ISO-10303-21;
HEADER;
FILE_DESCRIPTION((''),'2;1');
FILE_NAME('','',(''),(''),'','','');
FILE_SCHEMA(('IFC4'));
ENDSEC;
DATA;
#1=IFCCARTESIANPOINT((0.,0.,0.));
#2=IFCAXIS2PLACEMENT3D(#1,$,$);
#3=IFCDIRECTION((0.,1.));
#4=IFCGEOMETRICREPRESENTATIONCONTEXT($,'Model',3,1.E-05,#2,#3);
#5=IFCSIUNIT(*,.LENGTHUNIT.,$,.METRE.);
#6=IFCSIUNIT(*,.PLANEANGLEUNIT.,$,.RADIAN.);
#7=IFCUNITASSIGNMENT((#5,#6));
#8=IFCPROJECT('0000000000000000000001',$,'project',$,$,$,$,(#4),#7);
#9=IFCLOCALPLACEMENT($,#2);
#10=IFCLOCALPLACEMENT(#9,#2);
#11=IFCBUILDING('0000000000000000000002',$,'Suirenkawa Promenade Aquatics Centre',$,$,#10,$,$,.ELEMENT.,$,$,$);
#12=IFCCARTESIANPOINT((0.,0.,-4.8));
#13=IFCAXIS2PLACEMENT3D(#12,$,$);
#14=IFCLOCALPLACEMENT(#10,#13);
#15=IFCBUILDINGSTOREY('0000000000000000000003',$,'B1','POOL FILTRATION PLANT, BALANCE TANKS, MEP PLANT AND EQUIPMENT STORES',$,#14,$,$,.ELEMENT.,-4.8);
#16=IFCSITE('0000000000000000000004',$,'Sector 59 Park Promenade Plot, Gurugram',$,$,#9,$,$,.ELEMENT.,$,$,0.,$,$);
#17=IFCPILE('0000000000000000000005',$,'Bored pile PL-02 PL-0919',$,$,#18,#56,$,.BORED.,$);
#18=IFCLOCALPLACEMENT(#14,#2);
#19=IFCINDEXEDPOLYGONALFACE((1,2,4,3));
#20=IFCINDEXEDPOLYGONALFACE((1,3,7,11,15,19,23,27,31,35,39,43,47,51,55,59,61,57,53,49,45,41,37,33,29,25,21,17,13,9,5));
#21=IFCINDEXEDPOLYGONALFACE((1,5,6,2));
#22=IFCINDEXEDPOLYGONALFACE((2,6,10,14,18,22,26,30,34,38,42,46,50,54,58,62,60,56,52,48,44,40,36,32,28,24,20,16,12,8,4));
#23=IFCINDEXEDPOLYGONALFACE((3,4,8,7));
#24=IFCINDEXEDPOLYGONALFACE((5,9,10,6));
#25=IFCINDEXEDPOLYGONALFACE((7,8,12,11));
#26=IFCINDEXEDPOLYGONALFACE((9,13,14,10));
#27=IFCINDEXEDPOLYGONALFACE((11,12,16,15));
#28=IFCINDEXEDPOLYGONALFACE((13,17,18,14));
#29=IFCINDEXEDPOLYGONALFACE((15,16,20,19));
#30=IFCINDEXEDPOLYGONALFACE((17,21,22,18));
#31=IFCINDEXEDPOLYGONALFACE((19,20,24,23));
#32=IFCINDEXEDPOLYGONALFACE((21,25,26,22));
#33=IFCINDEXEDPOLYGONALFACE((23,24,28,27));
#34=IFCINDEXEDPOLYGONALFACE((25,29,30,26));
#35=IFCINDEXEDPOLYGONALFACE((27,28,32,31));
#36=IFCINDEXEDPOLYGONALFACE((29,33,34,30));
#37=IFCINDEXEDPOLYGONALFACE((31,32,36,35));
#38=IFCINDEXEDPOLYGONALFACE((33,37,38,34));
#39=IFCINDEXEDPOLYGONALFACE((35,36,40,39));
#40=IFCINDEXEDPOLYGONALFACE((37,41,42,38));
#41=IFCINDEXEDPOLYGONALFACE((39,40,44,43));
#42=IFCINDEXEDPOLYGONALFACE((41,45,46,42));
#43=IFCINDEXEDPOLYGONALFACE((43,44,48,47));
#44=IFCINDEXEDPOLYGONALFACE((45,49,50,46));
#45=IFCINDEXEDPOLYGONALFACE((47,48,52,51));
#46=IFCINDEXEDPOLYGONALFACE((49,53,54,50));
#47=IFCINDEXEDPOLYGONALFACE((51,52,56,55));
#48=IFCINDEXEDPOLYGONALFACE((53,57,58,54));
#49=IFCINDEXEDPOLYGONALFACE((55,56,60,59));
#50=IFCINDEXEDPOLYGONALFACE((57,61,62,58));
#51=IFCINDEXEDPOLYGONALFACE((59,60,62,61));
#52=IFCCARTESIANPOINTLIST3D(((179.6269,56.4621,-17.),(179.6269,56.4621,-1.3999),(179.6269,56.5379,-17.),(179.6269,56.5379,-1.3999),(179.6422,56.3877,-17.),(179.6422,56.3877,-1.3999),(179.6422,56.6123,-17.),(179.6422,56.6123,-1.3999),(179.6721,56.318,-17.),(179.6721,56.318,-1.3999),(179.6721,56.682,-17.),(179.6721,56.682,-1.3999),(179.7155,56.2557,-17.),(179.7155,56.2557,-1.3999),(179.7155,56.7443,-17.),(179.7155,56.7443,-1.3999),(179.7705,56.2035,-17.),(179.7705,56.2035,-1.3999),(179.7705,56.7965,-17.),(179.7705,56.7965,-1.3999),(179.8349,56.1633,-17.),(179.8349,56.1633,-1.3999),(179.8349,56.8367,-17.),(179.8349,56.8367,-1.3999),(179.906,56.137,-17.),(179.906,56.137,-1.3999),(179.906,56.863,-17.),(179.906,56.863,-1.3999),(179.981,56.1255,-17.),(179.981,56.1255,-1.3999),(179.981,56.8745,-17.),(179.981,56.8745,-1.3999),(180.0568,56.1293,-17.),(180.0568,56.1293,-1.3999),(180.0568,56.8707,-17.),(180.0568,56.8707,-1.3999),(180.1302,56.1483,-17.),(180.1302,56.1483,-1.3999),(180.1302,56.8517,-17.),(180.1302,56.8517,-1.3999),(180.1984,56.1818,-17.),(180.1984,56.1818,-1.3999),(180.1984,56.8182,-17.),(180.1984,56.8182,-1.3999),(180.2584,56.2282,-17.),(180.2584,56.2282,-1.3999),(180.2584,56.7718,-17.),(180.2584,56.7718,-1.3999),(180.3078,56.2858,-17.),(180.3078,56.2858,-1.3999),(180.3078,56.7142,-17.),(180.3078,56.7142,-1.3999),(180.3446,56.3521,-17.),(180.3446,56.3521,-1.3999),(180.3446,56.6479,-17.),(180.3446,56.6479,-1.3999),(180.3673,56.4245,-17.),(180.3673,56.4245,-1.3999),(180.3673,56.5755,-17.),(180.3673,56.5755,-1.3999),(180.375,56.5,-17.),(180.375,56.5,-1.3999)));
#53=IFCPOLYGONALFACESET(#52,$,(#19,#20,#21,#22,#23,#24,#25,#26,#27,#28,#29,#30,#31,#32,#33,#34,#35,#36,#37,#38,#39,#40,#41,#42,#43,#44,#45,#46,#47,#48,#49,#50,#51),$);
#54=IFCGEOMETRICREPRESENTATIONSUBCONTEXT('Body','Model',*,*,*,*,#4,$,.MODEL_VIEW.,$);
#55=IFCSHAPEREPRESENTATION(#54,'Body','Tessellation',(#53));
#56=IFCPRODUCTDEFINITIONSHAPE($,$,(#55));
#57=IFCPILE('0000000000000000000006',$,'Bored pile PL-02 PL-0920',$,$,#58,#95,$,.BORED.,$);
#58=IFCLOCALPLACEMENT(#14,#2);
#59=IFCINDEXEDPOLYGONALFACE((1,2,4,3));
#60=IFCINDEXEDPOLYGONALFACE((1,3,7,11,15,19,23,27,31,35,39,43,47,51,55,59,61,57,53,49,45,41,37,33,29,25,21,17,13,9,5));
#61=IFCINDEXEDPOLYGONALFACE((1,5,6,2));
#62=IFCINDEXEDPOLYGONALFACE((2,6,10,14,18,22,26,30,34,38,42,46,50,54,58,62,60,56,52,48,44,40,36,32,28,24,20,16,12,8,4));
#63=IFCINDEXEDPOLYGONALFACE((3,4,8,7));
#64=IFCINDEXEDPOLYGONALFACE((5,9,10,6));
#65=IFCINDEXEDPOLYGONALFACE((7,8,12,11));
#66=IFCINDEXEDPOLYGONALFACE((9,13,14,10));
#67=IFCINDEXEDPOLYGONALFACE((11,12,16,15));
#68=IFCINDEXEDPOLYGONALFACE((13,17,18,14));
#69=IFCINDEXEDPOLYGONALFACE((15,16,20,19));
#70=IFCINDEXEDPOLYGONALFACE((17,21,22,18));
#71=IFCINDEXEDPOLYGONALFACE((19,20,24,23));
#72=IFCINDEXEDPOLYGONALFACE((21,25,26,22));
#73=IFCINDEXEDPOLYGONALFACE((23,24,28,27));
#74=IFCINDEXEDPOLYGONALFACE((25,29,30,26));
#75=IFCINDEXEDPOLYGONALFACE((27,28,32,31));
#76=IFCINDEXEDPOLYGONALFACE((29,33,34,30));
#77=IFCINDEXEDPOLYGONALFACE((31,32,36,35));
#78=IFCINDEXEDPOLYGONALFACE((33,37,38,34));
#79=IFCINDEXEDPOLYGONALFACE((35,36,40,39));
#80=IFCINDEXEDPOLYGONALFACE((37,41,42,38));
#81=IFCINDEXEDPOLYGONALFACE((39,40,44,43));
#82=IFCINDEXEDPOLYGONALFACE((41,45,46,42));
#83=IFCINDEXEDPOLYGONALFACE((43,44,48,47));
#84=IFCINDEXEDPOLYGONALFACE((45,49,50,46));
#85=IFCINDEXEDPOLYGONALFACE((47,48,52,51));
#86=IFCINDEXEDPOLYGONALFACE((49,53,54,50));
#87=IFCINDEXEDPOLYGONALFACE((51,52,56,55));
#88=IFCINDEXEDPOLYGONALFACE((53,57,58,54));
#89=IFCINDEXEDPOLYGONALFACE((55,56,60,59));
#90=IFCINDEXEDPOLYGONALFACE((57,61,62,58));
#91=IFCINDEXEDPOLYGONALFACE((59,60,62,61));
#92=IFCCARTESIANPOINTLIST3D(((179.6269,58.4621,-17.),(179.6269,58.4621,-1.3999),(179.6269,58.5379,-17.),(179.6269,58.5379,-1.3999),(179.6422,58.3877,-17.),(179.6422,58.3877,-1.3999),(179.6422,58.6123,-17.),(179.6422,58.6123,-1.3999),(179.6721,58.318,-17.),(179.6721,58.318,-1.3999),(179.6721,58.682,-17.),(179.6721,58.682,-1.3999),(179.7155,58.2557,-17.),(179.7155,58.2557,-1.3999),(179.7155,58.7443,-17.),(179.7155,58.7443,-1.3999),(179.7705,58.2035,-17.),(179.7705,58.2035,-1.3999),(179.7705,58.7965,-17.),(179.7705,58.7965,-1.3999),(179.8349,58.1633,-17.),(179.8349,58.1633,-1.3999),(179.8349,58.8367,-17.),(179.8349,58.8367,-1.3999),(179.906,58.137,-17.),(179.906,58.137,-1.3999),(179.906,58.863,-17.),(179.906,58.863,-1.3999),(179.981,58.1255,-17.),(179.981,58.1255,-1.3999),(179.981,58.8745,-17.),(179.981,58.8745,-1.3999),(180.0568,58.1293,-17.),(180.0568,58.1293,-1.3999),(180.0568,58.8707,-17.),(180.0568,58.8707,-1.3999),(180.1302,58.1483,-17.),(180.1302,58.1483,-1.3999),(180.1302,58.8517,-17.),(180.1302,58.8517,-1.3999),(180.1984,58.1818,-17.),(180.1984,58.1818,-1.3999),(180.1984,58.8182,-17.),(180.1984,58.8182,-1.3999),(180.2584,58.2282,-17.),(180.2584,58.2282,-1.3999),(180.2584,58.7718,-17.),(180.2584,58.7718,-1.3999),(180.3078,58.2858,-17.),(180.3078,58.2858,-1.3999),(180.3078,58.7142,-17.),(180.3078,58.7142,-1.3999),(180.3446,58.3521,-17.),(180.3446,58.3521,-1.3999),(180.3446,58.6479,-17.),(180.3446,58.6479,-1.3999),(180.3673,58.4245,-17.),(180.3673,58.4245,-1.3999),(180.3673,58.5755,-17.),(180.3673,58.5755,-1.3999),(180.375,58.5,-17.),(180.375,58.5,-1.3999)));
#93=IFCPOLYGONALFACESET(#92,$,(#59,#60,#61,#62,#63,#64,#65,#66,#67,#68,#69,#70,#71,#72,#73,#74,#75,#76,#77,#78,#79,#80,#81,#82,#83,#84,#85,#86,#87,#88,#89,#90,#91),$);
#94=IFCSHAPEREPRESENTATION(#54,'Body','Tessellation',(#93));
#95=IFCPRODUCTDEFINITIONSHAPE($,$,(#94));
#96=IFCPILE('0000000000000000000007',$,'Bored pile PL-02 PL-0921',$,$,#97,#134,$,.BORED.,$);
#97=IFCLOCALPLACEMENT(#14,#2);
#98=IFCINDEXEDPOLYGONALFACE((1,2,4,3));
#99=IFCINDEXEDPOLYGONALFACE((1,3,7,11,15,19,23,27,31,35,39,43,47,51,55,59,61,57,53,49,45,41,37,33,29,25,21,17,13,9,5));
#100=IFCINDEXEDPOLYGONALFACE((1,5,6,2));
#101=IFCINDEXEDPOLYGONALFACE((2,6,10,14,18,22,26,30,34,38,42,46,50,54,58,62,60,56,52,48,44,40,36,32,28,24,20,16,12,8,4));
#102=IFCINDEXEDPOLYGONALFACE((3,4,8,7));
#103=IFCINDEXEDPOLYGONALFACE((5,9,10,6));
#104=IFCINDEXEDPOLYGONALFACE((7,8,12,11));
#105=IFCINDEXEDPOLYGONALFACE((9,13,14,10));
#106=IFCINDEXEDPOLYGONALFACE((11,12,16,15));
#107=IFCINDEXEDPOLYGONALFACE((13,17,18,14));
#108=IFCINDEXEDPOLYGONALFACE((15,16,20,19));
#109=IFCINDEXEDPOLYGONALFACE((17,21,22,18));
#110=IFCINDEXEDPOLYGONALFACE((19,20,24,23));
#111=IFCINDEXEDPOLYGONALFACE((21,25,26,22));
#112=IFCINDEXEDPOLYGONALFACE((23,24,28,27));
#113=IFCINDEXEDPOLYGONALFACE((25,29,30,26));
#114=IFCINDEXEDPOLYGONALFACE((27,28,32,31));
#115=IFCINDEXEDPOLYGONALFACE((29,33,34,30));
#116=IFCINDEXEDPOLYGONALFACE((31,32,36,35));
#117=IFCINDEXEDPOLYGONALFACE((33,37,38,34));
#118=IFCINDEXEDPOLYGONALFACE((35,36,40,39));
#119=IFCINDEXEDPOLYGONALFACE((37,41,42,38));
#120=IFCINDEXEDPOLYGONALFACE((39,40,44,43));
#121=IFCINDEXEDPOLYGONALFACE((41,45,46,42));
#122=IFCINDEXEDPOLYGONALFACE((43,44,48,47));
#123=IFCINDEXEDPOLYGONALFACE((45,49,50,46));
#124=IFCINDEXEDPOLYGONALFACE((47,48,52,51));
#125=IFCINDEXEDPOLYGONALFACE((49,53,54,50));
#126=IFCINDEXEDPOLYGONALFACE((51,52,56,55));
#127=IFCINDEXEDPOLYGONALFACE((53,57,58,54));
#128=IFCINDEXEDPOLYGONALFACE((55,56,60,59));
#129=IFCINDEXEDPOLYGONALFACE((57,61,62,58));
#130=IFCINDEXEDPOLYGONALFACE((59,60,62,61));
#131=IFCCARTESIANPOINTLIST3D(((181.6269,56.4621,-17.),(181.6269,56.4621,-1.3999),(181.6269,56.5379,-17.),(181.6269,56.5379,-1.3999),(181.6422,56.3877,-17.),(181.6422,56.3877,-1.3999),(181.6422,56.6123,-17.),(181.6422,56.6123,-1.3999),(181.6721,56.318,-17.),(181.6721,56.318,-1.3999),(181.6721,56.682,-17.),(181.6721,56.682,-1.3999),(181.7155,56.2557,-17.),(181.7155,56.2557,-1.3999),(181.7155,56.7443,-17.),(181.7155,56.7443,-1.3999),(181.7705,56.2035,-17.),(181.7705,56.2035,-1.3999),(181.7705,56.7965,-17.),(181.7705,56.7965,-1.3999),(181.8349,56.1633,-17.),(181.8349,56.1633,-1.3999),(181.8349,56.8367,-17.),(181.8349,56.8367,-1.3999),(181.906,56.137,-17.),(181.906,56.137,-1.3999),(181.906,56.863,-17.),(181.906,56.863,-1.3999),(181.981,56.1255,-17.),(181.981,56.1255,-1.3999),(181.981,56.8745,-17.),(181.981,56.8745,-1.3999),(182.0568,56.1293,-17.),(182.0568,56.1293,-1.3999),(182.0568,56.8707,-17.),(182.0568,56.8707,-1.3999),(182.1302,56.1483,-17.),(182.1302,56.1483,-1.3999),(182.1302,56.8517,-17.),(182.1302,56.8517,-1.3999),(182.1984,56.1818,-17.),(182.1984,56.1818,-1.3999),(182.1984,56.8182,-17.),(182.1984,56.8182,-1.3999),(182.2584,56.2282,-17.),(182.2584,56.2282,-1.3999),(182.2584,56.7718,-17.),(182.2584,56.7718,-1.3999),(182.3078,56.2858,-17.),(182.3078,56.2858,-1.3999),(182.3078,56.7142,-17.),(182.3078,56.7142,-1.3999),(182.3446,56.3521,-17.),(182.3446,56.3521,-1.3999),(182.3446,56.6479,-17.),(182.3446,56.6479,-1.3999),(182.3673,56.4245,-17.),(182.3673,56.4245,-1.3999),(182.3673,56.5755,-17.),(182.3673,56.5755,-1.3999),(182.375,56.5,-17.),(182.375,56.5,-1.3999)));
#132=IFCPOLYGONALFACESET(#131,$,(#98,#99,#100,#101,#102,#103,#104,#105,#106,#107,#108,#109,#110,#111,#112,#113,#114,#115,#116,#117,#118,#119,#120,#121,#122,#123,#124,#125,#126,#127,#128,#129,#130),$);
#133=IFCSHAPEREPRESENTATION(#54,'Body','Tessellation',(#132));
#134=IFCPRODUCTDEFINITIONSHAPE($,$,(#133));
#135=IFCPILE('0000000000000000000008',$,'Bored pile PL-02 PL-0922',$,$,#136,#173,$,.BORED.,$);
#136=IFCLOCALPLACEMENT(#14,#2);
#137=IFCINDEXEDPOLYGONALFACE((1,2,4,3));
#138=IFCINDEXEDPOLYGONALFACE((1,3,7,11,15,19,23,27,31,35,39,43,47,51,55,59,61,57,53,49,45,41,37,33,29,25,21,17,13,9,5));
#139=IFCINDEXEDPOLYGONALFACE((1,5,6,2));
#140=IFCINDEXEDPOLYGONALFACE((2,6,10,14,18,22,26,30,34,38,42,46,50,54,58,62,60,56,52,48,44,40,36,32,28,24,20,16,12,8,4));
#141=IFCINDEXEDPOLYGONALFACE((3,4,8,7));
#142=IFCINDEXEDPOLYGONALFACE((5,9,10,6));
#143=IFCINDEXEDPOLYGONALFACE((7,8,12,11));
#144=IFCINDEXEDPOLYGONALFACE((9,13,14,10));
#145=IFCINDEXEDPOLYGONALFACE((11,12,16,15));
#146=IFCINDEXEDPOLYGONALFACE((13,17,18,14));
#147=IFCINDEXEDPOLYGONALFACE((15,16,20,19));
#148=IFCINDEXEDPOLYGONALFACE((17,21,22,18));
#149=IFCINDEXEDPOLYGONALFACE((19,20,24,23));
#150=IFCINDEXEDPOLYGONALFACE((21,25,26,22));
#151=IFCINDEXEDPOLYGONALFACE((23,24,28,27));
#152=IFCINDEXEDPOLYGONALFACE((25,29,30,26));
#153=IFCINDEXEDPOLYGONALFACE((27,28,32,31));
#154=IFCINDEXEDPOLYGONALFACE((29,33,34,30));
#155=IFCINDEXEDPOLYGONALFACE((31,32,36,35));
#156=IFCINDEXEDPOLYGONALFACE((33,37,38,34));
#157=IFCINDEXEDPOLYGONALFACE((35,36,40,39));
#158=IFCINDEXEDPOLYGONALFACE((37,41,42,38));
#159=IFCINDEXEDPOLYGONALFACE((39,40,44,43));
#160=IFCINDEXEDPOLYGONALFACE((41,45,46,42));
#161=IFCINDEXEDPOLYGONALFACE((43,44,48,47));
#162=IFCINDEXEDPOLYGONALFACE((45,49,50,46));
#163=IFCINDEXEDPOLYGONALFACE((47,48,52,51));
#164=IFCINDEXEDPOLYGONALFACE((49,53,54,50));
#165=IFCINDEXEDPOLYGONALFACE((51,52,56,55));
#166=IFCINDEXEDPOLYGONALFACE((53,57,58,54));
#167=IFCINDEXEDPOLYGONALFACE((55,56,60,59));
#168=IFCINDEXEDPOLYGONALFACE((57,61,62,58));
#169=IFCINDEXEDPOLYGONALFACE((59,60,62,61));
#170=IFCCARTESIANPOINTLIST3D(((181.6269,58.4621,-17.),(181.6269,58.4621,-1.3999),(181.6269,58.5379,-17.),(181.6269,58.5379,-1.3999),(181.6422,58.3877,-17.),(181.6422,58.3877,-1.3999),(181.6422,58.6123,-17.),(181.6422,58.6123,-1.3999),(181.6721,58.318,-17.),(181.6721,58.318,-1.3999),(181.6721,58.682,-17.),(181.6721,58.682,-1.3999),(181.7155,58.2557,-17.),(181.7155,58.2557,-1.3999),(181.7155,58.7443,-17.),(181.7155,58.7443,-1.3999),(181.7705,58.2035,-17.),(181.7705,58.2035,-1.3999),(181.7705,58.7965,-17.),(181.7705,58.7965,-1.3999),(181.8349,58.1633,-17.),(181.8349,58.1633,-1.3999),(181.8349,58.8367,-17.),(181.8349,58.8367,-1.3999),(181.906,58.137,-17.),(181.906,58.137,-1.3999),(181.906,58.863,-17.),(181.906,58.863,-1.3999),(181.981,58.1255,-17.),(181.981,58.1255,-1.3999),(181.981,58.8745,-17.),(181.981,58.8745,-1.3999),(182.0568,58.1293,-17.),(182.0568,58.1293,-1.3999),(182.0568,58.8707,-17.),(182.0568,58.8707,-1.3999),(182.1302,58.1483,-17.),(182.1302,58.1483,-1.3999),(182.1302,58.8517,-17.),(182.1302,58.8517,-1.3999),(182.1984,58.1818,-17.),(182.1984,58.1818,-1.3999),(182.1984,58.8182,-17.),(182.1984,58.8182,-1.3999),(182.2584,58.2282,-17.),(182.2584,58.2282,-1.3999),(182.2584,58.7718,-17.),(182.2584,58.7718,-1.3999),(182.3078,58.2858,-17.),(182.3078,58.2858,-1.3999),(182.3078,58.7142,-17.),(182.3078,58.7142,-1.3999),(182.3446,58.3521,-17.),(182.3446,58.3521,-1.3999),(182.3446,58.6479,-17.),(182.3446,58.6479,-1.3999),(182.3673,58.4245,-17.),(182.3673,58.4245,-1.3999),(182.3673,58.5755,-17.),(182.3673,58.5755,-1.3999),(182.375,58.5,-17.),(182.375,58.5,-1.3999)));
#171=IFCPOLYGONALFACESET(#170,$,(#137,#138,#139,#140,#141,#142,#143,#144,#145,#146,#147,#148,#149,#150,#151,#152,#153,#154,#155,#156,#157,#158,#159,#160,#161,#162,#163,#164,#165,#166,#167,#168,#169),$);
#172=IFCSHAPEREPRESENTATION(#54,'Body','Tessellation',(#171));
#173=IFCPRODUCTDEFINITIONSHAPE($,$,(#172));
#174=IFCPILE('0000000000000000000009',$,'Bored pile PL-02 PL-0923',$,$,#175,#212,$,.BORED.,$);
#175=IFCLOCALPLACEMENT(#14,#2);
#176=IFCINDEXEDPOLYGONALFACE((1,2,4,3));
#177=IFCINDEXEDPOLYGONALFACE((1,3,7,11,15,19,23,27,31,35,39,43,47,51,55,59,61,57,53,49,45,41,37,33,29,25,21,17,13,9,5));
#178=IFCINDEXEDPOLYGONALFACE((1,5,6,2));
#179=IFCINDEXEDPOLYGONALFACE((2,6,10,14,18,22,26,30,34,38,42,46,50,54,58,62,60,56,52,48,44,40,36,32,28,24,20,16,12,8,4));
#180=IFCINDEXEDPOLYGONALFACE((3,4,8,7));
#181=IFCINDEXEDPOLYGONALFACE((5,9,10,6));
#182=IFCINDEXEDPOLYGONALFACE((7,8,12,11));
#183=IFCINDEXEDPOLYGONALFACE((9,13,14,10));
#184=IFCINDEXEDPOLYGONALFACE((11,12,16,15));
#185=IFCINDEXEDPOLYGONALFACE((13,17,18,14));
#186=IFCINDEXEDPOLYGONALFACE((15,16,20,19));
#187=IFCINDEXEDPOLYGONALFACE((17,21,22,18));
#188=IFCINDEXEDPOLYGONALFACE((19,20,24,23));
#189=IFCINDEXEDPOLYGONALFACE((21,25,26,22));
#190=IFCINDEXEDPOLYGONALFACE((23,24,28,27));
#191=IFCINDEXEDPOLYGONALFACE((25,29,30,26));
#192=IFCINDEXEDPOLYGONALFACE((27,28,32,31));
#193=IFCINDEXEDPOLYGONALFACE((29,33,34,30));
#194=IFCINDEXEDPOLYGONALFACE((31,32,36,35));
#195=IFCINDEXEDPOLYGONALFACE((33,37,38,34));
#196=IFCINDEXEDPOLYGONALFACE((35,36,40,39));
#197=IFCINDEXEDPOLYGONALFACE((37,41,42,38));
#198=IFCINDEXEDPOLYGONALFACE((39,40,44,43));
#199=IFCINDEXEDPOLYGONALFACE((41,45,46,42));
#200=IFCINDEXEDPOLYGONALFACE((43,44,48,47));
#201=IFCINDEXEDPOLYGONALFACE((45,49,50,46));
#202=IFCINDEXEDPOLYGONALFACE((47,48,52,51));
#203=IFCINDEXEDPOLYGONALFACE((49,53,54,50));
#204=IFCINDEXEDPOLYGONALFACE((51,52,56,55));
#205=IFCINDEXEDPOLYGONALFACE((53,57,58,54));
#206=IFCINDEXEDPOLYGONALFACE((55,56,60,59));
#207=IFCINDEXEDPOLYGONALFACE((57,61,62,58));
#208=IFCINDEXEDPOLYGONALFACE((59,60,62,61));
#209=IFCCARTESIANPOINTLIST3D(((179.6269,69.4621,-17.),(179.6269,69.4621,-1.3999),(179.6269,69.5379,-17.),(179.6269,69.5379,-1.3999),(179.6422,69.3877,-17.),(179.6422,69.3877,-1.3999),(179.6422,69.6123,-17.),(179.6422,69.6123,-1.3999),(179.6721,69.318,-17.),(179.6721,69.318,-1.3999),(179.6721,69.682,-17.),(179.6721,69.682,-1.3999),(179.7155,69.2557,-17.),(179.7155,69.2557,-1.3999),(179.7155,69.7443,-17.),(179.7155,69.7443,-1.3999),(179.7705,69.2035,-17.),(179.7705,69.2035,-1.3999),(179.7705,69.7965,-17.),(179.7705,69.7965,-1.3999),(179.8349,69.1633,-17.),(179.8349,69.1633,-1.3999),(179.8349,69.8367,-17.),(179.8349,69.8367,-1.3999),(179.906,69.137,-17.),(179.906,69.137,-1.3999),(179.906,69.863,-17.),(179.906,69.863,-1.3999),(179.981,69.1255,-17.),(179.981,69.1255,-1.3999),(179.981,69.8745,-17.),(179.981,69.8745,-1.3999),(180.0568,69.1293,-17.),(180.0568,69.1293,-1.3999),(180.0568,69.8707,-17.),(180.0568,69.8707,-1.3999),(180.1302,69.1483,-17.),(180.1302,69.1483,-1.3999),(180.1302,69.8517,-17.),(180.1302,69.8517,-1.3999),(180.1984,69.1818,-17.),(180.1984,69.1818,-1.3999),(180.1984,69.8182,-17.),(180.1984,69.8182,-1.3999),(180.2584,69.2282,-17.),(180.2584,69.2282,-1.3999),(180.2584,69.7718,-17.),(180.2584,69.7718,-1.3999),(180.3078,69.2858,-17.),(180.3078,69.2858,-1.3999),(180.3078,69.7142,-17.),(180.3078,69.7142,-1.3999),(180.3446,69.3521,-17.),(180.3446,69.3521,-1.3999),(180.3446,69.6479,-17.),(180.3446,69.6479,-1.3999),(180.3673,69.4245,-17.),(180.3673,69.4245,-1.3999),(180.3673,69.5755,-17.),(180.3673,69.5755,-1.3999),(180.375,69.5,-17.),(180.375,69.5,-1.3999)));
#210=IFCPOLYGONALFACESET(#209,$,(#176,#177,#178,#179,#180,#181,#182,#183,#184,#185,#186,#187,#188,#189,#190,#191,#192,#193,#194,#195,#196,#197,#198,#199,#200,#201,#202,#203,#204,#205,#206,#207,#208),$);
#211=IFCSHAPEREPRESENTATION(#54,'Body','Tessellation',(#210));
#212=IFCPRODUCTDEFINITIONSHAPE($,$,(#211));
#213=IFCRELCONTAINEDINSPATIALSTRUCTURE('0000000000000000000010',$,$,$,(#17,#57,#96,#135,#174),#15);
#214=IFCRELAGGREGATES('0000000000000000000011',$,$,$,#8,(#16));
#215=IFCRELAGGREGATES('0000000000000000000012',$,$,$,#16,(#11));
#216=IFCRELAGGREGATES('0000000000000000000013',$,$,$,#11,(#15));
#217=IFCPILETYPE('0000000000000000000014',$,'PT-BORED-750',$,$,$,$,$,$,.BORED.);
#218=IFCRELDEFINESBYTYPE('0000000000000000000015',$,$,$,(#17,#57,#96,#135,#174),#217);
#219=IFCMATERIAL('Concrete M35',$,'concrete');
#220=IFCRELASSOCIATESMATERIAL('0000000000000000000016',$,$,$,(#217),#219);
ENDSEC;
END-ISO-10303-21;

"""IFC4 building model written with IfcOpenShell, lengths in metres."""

from ifc_helpers import new_model, si_unit, direction, frame, origin, origin_2d, place, context, subcontext, project, spatial, circle, extrude, material, material_profile, profile_set, type_object, element, save


model = new_model("IFC4")

# Units and contexts
model_context = context("Model", 3, precision=1e-05, world=origin(), true_north=direction((0.0, 1.0)))
body_context = subcontext(model_context, "Body", "Model", "MODEL_VIEW")
ifc_project = project(units=[si_unit("LENGTHUNIT", "METRE"), si_unit("PLANEANGLEUNIT", "RADIAN")], contexts=[model_context])

# Site, building, storey
site_placement = place(None, origin())
site = spatial("IfcSite", under=ifc_project, at=site_placement, Name="Sector 59 Park Promenade Plot, Gurugram", CompositionType="ELEMENT", RefElevation=0.0)
building_placement = place(site_placement, origin())
building = spatial("IfcBuilding", under=site, at=building_placement, Name="Suirenkawa Promenade Aquatics Centre", CompositionType="ELEMENT")
storey_placement = place(building_placement, frame((0.0, 0.0, -4.8)))
storey = spatial("IfcBuildingStorey", under=building, at=storey_placement, Name="B1", Description="POOL FILTRATION PLANT, BALANCE TANKS, MEP PLANT AND EQUIPMENT STORES", CompositionType="ELEMENT", Elevation=-4.8)

# Shared definitions
ifc_material_1 = material(Name="Concrete M35", Category="concrete")

# Piles
ifc_material_profile_1 = material_profile(ifc_material_1, circle(Radius=0.375, at=origin_2d()), Name="PILE D750", Category="concrete")
ifc_profile_set_1 = profile_set([ifc_material_profile_1], Name="Concrete M35")
pile_type_1 = type_object("IfcPileType", Name="PT-BORED-750", PredefinedType="BORED", material=ifc_profile_set_1)
for number, where, z_axis, x_axis, name in (
    (1, (180.0, 56.5, -1.3999), (0.0, 0.0, -1.0), (1.0, 0.0, 0.0), "Bored pile PL-02 PL-0919"),
    (2, (180.0, 58.5, -1.3999), (0.0, 0.0, -1.0), (1.0, 0.0, 0.0), "Bored pile PL-02 PL-0920"),
    (3, (182.0, 56.5, -1.3999), (0.0, 0.0, -1.0), (1.0, 0.0, 0.0), "Bored pile PL-02 PL-0921"),
    (4, (182.0, 58.5, -1.3999), (0.0, 0.0, -1.0), (1.0, 0.0, 0.0), "Bored pile PL-02 PL-0922"),
    (5, (180.0, 69.5, -1.3999), (0.0, 0.0, -1.0), (1.0, 0.0, 0.0), "Bored pile PL-02 PL-0923"),
):
    element("IfcPile", number, at=place(storey_placement, frame(where, z_axis=z_axis, x_axis=x_axis)), inside=storey, type_object=pile_type_1, Name=name, PredefinedType="BORED", context=body_context, shape_type="SweptSolid", body=[
        extrude(circle(Radius=0.375, at=origin_2d()), origin(), (0.0, 0.0, 1.0), 15.6001),
    ])

save(model, "model.ifc")
